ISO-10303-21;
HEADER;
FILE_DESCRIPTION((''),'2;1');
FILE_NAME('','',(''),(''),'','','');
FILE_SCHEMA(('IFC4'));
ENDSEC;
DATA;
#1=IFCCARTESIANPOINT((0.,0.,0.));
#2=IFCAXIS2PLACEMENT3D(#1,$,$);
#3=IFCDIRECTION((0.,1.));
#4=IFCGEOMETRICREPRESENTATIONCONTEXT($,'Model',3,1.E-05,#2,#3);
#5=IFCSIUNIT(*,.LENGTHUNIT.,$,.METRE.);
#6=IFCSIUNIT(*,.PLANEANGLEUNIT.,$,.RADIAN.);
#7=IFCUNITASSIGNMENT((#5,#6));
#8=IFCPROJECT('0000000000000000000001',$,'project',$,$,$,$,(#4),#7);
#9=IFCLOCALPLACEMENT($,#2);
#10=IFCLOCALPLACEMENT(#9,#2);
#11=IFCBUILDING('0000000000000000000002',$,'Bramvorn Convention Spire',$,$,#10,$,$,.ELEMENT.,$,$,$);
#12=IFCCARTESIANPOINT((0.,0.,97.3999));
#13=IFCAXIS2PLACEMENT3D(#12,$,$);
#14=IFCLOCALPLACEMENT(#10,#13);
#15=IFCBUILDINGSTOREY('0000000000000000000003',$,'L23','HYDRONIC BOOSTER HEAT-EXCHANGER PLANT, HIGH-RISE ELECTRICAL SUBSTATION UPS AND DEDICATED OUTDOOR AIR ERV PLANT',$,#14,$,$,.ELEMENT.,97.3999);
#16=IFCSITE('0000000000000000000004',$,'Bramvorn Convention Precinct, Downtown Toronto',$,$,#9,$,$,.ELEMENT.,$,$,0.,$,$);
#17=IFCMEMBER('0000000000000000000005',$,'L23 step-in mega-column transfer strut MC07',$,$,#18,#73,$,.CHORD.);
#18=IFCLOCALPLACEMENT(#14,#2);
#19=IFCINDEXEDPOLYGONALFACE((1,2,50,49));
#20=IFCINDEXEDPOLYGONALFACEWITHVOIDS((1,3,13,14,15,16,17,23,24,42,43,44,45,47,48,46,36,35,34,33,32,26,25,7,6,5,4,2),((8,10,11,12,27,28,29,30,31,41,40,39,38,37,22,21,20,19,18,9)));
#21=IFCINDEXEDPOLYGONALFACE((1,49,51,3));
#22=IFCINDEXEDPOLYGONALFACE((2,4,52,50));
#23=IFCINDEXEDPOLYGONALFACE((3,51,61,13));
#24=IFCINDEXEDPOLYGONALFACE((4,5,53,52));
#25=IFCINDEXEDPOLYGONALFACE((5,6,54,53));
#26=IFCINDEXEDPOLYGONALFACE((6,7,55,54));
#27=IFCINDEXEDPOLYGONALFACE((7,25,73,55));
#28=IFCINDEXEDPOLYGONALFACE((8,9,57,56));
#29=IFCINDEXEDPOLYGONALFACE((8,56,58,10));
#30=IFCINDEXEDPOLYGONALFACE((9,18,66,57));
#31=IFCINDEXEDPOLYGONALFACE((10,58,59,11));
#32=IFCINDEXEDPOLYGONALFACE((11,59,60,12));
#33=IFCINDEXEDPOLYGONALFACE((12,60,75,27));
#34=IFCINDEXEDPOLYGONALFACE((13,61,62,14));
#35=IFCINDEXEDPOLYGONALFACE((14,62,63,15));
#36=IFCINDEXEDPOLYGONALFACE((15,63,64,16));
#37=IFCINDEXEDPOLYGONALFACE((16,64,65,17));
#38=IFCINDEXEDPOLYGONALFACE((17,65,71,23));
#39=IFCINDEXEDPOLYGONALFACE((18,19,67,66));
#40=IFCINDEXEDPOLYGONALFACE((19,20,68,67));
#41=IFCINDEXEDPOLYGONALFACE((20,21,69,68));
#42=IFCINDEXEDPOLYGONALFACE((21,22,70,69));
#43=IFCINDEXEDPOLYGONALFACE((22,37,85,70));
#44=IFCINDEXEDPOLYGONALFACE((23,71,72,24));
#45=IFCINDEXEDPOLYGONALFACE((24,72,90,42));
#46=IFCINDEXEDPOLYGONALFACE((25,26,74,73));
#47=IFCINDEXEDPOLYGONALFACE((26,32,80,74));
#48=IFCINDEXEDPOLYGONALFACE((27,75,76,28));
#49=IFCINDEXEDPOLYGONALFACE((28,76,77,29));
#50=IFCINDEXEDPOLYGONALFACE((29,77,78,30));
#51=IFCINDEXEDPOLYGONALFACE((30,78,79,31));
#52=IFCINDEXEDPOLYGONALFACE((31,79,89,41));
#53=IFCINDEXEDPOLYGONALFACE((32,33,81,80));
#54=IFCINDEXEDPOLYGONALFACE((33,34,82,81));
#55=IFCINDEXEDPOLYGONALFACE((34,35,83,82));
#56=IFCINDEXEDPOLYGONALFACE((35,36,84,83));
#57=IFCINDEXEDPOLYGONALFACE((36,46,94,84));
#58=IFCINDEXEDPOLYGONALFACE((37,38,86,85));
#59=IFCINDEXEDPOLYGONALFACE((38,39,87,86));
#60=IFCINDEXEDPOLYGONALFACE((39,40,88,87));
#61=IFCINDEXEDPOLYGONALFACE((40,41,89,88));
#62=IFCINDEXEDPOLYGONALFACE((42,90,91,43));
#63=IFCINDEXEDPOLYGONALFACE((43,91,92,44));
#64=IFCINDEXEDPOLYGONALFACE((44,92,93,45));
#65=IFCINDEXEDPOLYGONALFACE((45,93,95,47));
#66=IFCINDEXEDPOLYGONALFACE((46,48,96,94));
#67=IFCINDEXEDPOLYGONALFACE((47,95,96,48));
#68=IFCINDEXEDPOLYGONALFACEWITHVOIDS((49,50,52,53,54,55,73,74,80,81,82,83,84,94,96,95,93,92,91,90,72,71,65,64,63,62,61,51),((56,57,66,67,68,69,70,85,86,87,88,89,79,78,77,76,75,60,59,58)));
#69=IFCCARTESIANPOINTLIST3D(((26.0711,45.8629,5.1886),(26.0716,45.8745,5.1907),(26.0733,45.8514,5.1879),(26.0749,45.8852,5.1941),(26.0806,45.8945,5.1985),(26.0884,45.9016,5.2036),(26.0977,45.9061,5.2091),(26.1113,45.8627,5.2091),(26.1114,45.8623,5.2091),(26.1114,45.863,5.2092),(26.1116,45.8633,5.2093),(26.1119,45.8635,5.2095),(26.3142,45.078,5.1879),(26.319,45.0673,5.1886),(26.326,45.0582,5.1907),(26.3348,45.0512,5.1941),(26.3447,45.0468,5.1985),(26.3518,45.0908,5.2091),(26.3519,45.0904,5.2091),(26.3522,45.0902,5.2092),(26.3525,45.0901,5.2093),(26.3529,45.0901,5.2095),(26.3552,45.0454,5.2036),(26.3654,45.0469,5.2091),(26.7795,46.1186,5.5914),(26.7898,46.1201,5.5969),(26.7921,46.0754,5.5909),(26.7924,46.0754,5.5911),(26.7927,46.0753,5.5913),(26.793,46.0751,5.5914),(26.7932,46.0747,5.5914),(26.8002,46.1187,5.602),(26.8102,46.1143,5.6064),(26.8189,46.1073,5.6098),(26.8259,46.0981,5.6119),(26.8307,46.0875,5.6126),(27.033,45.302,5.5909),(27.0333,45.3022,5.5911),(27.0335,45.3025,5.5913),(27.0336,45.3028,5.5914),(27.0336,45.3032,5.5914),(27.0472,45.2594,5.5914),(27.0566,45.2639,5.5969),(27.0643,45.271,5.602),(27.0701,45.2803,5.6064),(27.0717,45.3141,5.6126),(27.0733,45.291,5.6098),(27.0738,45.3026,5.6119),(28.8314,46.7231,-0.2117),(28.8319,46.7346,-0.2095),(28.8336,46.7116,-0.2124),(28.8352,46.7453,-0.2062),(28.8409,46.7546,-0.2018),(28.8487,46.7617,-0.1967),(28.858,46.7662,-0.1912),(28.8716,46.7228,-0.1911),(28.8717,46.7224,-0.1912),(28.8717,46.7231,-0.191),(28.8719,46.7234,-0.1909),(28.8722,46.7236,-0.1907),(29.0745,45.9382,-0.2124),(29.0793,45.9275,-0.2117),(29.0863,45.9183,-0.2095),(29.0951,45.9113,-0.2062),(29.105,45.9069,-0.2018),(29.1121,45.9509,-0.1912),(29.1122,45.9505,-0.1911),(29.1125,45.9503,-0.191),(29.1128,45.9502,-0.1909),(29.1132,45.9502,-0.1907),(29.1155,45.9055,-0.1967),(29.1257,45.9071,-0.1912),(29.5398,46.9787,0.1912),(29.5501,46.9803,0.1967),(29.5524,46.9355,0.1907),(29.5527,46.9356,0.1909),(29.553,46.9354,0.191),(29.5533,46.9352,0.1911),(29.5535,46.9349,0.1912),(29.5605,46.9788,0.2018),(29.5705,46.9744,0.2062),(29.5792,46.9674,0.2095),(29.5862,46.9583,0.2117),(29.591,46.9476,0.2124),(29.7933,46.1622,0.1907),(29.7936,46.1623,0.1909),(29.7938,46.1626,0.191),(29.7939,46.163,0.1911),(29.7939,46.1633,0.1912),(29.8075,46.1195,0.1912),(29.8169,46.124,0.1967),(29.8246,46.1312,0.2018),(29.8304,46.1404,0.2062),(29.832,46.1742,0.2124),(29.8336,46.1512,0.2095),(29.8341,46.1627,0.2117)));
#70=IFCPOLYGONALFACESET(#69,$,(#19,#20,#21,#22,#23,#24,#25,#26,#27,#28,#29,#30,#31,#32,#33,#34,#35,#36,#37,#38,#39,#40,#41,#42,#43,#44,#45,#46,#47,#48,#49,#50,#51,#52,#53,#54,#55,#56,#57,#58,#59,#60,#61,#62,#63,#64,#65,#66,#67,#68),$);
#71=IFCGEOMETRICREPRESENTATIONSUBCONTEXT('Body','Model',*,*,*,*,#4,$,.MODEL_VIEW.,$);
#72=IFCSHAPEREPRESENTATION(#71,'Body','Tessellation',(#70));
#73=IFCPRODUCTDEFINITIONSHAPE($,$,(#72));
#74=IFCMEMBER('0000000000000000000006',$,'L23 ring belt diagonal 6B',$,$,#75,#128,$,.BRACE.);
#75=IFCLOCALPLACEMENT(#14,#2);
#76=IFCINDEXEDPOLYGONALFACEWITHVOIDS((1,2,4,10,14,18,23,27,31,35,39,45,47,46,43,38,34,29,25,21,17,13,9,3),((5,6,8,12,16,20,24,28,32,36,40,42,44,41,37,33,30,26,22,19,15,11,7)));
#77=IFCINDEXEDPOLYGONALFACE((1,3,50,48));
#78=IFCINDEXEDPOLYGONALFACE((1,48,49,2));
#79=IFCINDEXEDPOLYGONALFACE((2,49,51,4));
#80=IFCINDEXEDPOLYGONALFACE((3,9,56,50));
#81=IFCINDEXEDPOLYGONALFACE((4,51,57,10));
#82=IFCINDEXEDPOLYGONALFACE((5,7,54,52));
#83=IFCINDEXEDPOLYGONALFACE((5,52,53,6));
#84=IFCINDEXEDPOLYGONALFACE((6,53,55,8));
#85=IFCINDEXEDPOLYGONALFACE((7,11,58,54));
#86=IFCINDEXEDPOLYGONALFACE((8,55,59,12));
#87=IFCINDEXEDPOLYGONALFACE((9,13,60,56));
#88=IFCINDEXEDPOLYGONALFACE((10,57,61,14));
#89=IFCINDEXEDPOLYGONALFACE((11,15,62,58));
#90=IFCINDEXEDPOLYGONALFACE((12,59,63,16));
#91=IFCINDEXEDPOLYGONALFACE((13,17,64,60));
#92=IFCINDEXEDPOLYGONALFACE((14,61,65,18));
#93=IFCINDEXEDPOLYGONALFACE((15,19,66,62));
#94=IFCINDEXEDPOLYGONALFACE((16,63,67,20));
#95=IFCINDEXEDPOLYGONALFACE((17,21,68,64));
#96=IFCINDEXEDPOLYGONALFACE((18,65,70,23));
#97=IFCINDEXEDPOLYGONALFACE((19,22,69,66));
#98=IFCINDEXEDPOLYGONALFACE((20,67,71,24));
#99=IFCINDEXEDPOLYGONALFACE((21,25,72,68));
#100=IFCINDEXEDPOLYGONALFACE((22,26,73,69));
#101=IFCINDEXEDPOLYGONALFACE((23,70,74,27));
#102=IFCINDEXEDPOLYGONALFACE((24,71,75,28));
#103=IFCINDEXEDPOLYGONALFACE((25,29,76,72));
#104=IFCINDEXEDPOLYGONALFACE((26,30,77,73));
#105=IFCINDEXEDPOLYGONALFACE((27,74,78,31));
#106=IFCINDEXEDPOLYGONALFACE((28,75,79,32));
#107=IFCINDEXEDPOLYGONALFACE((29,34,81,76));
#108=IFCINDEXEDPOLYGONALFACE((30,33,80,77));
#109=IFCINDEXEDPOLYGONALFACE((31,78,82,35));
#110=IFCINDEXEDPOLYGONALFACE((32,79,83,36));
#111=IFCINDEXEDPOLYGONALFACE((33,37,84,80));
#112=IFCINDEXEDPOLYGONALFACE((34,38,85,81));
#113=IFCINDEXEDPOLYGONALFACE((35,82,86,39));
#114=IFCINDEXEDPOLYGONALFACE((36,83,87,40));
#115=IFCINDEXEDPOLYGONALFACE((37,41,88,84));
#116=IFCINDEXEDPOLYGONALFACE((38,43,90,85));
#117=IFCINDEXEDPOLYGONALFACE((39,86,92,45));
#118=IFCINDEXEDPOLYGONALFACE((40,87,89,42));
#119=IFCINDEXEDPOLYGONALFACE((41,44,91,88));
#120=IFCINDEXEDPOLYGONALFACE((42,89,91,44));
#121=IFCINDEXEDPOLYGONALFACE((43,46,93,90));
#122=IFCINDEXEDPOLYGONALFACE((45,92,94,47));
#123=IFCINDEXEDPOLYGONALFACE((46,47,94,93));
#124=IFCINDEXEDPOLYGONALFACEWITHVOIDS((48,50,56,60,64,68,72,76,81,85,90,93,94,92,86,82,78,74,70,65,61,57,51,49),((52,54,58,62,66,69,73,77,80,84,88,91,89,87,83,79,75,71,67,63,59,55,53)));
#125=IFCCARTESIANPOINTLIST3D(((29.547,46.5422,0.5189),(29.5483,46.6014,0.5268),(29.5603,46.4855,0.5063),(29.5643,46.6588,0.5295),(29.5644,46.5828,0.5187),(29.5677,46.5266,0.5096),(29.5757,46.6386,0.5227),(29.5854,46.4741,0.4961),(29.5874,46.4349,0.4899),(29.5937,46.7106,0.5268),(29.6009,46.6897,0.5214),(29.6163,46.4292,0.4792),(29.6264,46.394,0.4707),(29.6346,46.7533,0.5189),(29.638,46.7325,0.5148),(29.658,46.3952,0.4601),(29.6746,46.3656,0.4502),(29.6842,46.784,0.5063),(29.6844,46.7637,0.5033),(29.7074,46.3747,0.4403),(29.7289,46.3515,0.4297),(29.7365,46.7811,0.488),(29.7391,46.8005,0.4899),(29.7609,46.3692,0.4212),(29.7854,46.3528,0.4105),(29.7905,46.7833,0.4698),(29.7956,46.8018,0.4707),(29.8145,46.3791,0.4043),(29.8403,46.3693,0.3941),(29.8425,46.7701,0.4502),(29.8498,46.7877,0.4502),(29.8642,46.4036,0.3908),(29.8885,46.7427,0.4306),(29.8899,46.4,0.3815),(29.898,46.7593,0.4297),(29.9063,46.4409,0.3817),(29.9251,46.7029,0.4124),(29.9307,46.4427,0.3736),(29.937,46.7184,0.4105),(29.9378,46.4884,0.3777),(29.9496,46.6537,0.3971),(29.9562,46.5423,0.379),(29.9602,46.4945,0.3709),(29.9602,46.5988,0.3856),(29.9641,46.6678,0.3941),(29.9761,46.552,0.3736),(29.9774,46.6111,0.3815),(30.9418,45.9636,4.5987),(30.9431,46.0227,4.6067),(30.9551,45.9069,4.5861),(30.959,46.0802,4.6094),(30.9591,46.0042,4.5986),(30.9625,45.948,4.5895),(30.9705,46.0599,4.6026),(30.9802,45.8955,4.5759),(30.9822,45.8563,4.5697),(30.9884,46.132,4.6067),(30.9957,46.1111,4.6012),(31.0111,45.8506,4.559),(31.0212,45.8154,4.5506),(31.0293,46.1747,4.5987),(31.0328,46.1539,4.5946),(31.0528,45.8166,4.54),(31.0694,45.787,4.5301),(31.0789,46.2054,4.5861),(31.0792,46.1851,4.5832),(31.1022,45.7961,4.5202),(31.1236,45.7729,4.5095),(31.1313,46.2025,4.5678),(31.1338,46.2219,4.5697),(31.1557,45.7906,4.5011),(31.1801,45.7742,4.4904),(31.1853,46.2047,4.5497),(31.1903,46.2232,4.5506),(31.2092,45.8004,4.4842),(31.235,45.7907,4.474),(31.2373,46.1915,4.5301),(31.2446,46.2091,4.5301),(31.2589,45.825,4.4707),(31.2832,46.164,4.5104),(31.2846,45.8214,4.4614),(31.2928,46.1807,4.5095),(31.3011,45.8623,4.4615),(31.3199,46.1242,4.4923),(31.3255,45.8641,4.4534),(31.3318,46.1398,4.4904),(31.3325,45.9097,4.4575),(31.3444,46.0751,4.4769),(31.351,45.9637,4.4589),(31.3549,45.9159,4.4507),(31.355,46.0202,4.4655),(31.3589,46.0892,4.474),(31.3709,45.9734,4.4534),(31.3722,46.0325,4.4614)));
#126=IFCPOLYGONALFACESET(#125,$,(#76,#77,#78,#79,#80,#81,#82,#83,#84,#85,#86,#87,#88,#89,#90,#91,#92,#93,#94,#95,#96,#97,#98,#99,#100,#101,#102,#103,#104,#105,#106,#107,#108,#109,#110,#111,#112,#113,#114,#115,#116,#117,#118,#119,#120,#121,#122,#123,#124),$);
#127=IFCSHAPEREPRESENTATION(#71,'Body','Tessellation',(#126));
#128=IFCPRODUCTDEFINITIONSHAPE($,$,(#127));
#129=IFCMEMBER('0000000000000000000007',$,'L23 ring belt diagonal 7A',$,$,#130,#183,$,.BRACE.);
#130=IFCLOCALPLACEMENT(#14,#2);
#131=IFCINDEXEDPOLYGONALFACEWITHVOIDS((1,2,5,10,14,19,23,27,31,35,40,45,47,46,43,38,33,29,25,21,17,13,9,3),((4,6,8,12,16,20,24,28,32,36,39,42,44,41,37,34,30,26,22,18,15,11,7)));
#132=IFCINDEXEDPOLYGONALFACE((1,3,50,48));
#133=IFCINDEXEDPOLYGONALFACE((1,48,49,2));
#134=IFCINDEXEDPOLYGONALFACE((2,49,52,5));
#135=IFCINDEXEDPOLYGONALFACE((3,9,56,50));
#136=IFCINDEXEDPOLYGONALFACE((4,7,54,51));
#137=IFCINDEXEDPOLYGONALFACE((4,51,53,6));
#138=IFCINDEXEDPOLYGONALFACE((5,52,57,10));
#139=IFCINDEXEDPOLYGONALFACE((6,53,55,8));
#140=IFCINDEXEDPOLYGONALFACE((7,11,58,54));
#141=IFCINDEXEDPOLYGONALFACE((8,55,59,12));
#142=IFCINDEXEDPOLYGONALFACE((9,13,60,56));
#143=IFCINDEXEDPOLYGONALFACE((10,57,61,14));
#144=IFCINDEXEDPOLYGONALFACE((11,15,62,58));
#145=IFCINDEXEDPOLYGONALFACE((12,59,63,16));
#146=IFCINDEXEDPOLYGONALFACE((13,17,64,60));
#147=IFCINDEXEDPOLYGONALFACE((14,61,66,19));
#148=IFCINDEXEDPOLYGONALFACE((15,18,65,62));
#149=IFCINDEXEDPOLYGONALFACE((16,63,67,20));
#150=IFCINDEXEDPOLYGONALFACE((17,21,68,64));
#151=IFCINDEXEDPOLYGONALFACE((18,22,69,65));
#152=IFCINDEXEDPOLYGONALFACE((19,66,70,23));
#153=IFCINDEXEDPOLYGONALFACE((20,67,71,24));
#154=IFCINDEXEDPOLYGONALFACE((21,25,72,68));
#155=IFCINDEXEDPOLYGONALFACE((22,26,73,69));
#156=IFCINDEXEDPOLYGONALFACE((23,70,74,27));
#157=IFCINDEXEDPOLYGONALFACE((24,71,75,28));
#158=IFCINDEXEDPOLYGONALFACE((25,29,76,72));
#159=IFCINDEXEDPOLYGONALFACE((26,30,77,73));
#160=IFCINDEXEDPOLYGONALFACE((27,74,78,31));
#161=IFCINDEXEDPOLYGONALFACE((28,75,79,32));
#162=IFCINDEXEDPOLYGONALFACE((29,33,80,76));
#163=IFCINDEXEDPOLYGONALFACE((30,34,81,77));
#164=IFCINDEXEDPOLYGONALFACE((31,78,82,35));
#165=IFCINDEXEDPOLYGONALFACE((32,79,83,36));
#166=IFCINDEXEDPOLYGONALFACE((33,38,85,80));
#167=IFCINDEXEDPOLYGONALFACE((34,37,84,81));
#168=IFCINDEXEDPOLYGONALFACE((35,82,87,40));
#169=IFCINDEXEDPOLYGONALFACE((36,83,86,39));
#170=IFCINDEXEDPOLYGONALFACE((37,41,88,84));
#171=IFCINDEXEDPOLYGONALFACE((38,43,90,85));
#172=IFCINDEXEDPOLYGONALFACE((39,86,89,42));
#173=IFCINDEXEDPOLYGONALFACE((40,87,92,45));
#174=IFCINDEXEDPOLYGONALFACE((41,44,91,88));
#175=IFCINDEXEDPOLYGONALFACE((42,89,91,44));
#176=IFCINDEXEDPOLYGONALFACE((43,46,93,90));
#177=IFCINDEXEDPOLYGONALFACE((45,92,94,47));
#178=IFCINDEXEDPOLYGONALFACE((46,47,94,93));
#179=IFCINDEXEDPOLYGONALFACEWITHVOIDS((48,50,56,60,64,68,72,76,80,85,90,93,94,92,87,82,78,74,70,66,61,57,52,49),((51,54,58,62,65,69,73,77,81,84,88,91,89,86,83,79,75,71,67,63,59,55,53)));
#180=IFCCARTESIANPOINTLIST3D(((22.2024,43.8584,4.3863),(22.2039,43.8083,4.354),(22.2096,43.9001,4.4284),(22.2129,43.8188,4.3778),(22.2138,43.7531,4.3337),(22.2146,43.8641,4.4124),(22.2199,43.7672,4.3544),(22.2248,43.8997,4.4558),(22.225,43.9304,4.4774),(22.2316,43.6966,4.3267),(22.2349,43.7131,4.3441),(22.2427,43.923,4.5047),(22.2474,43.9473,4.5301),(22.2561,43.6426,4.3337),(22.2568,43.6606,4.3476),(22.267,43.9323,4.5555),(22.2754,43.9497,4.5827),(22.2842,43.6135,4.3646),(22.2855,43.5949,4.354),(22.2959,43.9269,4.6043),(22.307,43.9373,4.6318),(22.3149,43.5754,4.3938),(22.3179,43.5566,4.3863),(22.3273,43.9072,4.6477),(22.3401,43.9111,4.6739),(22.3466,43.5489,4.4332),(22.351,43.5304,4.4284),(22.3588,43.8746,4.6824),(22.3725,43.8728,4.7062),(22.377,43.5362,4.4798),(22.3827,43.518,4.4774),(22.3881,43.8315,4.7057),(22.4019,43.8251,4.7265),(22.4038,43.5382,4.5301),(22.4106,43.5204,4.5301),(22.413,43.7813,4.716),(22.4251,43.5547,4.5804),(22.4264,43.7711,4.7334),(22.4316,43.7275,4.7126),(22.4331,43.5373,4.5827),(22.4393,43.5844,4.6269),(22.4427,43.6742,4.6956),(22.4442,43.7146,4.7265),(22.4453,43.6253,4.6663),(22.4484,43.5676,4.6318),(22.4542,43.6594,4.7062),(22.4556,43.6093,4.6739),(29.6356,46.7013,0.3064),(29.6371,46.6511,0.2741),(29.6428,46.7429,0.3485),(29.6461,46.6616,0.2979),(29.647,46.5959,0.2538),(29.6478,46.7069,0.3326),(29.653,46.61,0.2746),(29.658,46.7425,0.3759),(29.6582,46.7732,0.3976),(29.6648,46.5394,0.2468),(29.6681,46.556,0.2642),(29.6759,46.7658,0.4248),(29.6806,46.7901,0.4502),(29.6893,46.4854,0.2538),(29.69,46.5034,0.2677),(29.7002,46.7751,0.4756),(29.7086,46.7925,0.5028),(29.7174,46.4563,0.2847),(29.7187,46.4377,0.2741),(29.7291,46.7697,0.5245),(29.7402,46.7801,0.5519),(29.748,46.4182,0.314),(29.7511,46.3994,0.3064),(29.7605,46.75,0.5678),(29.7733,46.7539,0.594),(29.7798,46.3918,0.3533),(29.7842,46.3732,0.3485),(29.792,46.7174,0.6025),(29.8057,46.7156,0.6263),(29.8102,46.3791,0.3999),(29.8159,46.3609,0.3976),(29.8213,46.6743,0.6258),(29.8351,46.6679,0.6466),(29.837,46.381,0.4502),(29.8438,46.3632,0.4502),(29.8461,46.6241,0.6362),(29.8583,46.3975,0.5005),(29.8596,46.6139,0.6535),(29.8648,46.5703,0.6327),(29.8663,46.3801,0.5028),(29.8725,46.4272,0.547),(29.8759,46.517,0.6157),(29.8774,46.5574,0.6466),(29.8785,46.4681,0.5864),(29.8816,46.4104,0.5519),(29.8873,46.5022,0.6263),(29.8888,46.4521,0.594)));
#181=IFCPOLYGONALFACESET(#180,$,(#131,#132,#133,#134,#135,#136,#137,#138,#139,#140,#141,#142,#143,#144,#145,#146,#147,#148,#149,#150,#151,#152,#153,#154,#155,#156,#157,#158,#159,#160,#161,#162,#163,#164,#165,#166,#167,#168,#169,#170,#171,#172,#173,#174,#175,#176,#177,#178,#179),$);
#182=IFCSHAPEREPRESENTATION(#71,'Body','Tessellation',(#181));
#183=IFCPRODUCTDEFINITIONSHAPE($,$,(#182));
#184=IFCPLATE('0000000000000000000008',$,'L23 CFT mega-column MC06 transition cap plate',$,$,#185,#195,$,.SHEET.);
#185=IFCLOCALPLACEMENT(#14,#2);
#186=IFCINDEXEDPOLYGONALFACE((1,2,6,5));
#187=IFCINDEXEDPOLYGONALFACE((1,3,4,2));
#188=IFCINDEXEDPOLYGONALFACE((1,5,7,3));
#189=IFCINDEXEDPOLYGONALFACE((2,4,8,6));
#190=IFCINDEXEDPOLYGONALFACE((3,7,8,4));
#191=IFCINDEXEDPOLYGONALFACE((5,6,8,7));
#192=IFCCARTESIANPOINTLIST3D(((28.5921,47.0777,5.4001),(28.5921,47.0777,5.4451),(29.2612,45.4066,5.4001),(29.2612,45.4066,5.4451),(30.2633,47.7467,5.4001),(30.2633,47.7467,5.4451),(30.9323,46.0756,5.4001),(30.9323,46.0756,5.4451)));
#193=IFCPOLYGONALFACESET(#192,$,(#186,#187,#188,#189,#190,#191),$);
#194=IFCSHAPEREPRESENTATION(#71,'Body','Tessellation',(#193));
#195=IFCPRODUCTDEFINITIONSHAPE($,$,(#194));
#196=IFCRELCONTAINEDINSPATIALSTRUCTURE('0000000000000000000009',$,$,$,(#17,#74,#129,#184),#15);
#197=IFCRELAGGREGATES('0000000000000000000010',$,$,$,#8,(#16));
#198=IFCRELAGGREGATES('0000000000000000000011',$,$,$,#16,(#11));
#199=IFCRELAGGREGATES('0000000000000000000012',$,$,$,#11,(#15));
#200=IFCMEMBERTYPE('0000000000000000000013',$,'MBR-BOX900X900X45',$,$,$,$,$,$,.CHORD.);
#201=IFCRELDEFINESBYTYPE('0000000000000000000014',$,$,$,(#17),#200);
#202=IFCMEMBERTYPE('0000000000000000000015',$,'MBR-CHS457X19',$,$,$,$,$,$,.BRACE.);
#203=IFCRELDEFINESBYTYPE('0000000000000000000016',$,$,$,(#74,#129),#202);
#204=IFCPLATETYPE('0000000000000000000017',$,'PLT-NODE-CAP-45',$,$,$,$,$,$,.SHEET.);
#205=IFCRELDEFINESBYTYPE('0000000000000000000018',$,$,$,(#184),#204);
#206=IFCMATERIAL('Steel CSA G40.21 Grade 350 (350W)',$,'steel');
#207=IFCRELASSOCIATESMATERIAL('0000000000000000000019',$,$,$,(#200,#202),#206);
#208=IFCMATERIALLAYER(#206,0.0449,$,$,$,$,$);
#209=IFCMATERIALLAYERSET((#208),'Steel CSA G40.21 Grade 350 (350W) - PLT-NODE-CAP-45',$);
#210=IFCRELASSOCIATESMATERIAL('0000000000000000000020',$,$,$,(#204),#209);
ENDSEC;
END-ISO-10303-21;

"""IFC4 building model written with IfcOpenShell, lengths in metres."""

from ifc_helpers import new_model, si_unit, direction, frame, origin, origin_2d, place, context, subcontext, project, spatial, rectangle, hollow_rectangle, hollow_circle, extrude, material, layer, layer_set, material_profile, profile_set, type_object, element, save


model = new_model("IFC4")

# Units and contexts
model_context = context("Model", 3, precision=1e-05, world=origin(), true_north=direction((0.0, 1.0)))
body_context = subcontext(model_context, "Body", "Model", "MODEL_VIEW")
ifc_project = project(units=[si_unit("LENGTHUNIT", "METRE"), si_unit("PLANEANGLEUNIT", "RADIAN")], contexts=[model_context])

# Site, building, storey
site_placement = place(None, origin())
site = spatial("IfcSite", under=ifc_project, at=site_placement, Name="Bramvorn Convention Precinct, Downtown Toronto", CompositionType="ELEMENT", RefElevation=0.0)
building_placement = place(site_placement, origin())
building = spatial("IfcBuilding", under=site, at=building_placement, Name="Bramvorn Convention Spire", CompositionType="ELEMENT")
storey_placement = place(building_placement, frame((0.0, 0.0, 97.3999)))
storey = spatial("IfcBuildingStorey", under=building, at=storey_placement, Name="L23", Description="HYDRONIC BOOSTER HEAT-EXCHANGER PLANT, HIGH-RISE ELECTRICAL SUBSTATION UPS AND DEDICATED OUTDOOR AIR ERV PLANT", CompositionType="ELEMENT", Elevation=97.3999)

# Shared definitions
ifc_material_1 = material(Name="Steel CSA G40.21 Grade 350 (350W)", Category="steel")

# Members
ifc_material_profile_1 = material_profile(ifc_material_1, hollow_rectangle(XDim=0.8999, YDim=0.8999, WallThickness=0.0449, InnerFilletRadius=0.001, OuterFilletRadius=0.0449, at=origin_2d()))
ifc_profile_set_1 = profile_set([ifc_material_profile_1], Name="Steel CSA G40.21 Grade 350 (350W) - BOX900X900X45")
member_type_1 = type_object("IfcMemberType", Name="MBR-BOX900X900X45", PredefinedType="CHORD", material=ifc_profile_set_1)
member_1_placement = place(storey_placement, frame((29.3328, 46.4429, 0.0), z_axis=(-0.450625, -0.140417, 0.881601), x_axis=(0.297496, -0.954723, 0.0)))
element("IfcMember", 1, at=member_1_placement, inside=storey, type_object=member_type_1, Name="L23 step-in mega-column transfer strut MC07", PredefinedType="CHORD", context=body_context, shape_type="SweptSolid", body=[
    extrude(hollow_rectangle(XDim=0.8999, YDim=0.8999, WallThickness=0.0449, InnerFilletRadius=0.001, OuterFilletRadius=0.0449, at=origin_2d()), origin(), (0.0, 0.0, 1.0), 6.1255),
])
ifc_material_profile_2 = material_profile(ifc_material_1, hollow_circle(Radius=0.2285, WallThickness=0.019, at=origin_2d()))
ifc_profile_set_2 = profile_set([ifc_material_profile_2], Name="Steel CSA G40.21 Grade 350 (350W) - CHS457X19")
member_type_2 = type_object("IfcMemberType", Name="MBR-CHS457X19", PredefinedType="BRACE", material=ifc_profile_set_2)
member_2_placement = place(storey_placement, frame((29.7622, 46.5767, 0.4502), z_axis=(0.320615, -0.133005, 0.937825), x_axis=(0.38318, 0.923674, 0.0)))
element("IfcMember", 2, at=member_2_placement, inside=storey, type_object=member_type_2, Name="L23 ring belt diagonal 6B", PredefinedType="BRACE", context=body_context, shape_type="SweptSolid", body=[
    extrude(hollow_circle(Radius=0.2285, WallThickness=0.019, at=origin_2d()), origin(), (0.0, 0.0, 1.0), 4.3503),
])
member_3_placement = place(storey_placement, frame((29.7622, 46.5767, 0.4502), z_axis=(-0.831164, -0.317877, 0.456204), x_axis=(0.357215, -0.934022, 0.0)))
element("IfcMember", 3, at=member_3_placement, inside=storey, type_object=member_type_2, Name="L23 ring belt diagonal 7A", PredefinedType="BRACE", context=body_context, shape_type="SweptSolid", body=[
    extrude(hollow_circle(Radius=0.2285, WallThickness=0.019, at=origin_2d()), origin(), (0.0, 0.0, 1.0), 8.9431),
])

# Plate
ifc_layer_1 = layer(ifc_material_1, 0.0449)
ifc_layer_set_1 = layer_set([ifc_layer_1], Name="Steel CSA G40.21 Grade 350 (350W) - PLT-NODE-CAP-45")
plate_type_1 = type_object("IfcPlateType", Name="PLT-NODE-CAP-45", PredefinedType="SHEET", material=ifc_layer_set_1)
plate_1_placement = place(storey_placement, frame((29.7622, 46.5767, 5.4001), z_axis=(0.0, 0.0, 1.0), x_axis=(-0.371664, 0.928367, 0.0)))
element("IfcPlate", 4, at=plate_1_placement, inside=storey, type_object=plate_type_1, Name="L23 CFT mega-column MC06 transition cap plate", PredefinedType="SHEET", context=body_context, shape_type="SweptSolid", body=[
    extrude(rectangle(XDim=1.8, YDim=1.8, at=origin_2d()), origin(), (0.0, 0.0, 1.0), 0.0449),
])

save(model, "model.ifc")
